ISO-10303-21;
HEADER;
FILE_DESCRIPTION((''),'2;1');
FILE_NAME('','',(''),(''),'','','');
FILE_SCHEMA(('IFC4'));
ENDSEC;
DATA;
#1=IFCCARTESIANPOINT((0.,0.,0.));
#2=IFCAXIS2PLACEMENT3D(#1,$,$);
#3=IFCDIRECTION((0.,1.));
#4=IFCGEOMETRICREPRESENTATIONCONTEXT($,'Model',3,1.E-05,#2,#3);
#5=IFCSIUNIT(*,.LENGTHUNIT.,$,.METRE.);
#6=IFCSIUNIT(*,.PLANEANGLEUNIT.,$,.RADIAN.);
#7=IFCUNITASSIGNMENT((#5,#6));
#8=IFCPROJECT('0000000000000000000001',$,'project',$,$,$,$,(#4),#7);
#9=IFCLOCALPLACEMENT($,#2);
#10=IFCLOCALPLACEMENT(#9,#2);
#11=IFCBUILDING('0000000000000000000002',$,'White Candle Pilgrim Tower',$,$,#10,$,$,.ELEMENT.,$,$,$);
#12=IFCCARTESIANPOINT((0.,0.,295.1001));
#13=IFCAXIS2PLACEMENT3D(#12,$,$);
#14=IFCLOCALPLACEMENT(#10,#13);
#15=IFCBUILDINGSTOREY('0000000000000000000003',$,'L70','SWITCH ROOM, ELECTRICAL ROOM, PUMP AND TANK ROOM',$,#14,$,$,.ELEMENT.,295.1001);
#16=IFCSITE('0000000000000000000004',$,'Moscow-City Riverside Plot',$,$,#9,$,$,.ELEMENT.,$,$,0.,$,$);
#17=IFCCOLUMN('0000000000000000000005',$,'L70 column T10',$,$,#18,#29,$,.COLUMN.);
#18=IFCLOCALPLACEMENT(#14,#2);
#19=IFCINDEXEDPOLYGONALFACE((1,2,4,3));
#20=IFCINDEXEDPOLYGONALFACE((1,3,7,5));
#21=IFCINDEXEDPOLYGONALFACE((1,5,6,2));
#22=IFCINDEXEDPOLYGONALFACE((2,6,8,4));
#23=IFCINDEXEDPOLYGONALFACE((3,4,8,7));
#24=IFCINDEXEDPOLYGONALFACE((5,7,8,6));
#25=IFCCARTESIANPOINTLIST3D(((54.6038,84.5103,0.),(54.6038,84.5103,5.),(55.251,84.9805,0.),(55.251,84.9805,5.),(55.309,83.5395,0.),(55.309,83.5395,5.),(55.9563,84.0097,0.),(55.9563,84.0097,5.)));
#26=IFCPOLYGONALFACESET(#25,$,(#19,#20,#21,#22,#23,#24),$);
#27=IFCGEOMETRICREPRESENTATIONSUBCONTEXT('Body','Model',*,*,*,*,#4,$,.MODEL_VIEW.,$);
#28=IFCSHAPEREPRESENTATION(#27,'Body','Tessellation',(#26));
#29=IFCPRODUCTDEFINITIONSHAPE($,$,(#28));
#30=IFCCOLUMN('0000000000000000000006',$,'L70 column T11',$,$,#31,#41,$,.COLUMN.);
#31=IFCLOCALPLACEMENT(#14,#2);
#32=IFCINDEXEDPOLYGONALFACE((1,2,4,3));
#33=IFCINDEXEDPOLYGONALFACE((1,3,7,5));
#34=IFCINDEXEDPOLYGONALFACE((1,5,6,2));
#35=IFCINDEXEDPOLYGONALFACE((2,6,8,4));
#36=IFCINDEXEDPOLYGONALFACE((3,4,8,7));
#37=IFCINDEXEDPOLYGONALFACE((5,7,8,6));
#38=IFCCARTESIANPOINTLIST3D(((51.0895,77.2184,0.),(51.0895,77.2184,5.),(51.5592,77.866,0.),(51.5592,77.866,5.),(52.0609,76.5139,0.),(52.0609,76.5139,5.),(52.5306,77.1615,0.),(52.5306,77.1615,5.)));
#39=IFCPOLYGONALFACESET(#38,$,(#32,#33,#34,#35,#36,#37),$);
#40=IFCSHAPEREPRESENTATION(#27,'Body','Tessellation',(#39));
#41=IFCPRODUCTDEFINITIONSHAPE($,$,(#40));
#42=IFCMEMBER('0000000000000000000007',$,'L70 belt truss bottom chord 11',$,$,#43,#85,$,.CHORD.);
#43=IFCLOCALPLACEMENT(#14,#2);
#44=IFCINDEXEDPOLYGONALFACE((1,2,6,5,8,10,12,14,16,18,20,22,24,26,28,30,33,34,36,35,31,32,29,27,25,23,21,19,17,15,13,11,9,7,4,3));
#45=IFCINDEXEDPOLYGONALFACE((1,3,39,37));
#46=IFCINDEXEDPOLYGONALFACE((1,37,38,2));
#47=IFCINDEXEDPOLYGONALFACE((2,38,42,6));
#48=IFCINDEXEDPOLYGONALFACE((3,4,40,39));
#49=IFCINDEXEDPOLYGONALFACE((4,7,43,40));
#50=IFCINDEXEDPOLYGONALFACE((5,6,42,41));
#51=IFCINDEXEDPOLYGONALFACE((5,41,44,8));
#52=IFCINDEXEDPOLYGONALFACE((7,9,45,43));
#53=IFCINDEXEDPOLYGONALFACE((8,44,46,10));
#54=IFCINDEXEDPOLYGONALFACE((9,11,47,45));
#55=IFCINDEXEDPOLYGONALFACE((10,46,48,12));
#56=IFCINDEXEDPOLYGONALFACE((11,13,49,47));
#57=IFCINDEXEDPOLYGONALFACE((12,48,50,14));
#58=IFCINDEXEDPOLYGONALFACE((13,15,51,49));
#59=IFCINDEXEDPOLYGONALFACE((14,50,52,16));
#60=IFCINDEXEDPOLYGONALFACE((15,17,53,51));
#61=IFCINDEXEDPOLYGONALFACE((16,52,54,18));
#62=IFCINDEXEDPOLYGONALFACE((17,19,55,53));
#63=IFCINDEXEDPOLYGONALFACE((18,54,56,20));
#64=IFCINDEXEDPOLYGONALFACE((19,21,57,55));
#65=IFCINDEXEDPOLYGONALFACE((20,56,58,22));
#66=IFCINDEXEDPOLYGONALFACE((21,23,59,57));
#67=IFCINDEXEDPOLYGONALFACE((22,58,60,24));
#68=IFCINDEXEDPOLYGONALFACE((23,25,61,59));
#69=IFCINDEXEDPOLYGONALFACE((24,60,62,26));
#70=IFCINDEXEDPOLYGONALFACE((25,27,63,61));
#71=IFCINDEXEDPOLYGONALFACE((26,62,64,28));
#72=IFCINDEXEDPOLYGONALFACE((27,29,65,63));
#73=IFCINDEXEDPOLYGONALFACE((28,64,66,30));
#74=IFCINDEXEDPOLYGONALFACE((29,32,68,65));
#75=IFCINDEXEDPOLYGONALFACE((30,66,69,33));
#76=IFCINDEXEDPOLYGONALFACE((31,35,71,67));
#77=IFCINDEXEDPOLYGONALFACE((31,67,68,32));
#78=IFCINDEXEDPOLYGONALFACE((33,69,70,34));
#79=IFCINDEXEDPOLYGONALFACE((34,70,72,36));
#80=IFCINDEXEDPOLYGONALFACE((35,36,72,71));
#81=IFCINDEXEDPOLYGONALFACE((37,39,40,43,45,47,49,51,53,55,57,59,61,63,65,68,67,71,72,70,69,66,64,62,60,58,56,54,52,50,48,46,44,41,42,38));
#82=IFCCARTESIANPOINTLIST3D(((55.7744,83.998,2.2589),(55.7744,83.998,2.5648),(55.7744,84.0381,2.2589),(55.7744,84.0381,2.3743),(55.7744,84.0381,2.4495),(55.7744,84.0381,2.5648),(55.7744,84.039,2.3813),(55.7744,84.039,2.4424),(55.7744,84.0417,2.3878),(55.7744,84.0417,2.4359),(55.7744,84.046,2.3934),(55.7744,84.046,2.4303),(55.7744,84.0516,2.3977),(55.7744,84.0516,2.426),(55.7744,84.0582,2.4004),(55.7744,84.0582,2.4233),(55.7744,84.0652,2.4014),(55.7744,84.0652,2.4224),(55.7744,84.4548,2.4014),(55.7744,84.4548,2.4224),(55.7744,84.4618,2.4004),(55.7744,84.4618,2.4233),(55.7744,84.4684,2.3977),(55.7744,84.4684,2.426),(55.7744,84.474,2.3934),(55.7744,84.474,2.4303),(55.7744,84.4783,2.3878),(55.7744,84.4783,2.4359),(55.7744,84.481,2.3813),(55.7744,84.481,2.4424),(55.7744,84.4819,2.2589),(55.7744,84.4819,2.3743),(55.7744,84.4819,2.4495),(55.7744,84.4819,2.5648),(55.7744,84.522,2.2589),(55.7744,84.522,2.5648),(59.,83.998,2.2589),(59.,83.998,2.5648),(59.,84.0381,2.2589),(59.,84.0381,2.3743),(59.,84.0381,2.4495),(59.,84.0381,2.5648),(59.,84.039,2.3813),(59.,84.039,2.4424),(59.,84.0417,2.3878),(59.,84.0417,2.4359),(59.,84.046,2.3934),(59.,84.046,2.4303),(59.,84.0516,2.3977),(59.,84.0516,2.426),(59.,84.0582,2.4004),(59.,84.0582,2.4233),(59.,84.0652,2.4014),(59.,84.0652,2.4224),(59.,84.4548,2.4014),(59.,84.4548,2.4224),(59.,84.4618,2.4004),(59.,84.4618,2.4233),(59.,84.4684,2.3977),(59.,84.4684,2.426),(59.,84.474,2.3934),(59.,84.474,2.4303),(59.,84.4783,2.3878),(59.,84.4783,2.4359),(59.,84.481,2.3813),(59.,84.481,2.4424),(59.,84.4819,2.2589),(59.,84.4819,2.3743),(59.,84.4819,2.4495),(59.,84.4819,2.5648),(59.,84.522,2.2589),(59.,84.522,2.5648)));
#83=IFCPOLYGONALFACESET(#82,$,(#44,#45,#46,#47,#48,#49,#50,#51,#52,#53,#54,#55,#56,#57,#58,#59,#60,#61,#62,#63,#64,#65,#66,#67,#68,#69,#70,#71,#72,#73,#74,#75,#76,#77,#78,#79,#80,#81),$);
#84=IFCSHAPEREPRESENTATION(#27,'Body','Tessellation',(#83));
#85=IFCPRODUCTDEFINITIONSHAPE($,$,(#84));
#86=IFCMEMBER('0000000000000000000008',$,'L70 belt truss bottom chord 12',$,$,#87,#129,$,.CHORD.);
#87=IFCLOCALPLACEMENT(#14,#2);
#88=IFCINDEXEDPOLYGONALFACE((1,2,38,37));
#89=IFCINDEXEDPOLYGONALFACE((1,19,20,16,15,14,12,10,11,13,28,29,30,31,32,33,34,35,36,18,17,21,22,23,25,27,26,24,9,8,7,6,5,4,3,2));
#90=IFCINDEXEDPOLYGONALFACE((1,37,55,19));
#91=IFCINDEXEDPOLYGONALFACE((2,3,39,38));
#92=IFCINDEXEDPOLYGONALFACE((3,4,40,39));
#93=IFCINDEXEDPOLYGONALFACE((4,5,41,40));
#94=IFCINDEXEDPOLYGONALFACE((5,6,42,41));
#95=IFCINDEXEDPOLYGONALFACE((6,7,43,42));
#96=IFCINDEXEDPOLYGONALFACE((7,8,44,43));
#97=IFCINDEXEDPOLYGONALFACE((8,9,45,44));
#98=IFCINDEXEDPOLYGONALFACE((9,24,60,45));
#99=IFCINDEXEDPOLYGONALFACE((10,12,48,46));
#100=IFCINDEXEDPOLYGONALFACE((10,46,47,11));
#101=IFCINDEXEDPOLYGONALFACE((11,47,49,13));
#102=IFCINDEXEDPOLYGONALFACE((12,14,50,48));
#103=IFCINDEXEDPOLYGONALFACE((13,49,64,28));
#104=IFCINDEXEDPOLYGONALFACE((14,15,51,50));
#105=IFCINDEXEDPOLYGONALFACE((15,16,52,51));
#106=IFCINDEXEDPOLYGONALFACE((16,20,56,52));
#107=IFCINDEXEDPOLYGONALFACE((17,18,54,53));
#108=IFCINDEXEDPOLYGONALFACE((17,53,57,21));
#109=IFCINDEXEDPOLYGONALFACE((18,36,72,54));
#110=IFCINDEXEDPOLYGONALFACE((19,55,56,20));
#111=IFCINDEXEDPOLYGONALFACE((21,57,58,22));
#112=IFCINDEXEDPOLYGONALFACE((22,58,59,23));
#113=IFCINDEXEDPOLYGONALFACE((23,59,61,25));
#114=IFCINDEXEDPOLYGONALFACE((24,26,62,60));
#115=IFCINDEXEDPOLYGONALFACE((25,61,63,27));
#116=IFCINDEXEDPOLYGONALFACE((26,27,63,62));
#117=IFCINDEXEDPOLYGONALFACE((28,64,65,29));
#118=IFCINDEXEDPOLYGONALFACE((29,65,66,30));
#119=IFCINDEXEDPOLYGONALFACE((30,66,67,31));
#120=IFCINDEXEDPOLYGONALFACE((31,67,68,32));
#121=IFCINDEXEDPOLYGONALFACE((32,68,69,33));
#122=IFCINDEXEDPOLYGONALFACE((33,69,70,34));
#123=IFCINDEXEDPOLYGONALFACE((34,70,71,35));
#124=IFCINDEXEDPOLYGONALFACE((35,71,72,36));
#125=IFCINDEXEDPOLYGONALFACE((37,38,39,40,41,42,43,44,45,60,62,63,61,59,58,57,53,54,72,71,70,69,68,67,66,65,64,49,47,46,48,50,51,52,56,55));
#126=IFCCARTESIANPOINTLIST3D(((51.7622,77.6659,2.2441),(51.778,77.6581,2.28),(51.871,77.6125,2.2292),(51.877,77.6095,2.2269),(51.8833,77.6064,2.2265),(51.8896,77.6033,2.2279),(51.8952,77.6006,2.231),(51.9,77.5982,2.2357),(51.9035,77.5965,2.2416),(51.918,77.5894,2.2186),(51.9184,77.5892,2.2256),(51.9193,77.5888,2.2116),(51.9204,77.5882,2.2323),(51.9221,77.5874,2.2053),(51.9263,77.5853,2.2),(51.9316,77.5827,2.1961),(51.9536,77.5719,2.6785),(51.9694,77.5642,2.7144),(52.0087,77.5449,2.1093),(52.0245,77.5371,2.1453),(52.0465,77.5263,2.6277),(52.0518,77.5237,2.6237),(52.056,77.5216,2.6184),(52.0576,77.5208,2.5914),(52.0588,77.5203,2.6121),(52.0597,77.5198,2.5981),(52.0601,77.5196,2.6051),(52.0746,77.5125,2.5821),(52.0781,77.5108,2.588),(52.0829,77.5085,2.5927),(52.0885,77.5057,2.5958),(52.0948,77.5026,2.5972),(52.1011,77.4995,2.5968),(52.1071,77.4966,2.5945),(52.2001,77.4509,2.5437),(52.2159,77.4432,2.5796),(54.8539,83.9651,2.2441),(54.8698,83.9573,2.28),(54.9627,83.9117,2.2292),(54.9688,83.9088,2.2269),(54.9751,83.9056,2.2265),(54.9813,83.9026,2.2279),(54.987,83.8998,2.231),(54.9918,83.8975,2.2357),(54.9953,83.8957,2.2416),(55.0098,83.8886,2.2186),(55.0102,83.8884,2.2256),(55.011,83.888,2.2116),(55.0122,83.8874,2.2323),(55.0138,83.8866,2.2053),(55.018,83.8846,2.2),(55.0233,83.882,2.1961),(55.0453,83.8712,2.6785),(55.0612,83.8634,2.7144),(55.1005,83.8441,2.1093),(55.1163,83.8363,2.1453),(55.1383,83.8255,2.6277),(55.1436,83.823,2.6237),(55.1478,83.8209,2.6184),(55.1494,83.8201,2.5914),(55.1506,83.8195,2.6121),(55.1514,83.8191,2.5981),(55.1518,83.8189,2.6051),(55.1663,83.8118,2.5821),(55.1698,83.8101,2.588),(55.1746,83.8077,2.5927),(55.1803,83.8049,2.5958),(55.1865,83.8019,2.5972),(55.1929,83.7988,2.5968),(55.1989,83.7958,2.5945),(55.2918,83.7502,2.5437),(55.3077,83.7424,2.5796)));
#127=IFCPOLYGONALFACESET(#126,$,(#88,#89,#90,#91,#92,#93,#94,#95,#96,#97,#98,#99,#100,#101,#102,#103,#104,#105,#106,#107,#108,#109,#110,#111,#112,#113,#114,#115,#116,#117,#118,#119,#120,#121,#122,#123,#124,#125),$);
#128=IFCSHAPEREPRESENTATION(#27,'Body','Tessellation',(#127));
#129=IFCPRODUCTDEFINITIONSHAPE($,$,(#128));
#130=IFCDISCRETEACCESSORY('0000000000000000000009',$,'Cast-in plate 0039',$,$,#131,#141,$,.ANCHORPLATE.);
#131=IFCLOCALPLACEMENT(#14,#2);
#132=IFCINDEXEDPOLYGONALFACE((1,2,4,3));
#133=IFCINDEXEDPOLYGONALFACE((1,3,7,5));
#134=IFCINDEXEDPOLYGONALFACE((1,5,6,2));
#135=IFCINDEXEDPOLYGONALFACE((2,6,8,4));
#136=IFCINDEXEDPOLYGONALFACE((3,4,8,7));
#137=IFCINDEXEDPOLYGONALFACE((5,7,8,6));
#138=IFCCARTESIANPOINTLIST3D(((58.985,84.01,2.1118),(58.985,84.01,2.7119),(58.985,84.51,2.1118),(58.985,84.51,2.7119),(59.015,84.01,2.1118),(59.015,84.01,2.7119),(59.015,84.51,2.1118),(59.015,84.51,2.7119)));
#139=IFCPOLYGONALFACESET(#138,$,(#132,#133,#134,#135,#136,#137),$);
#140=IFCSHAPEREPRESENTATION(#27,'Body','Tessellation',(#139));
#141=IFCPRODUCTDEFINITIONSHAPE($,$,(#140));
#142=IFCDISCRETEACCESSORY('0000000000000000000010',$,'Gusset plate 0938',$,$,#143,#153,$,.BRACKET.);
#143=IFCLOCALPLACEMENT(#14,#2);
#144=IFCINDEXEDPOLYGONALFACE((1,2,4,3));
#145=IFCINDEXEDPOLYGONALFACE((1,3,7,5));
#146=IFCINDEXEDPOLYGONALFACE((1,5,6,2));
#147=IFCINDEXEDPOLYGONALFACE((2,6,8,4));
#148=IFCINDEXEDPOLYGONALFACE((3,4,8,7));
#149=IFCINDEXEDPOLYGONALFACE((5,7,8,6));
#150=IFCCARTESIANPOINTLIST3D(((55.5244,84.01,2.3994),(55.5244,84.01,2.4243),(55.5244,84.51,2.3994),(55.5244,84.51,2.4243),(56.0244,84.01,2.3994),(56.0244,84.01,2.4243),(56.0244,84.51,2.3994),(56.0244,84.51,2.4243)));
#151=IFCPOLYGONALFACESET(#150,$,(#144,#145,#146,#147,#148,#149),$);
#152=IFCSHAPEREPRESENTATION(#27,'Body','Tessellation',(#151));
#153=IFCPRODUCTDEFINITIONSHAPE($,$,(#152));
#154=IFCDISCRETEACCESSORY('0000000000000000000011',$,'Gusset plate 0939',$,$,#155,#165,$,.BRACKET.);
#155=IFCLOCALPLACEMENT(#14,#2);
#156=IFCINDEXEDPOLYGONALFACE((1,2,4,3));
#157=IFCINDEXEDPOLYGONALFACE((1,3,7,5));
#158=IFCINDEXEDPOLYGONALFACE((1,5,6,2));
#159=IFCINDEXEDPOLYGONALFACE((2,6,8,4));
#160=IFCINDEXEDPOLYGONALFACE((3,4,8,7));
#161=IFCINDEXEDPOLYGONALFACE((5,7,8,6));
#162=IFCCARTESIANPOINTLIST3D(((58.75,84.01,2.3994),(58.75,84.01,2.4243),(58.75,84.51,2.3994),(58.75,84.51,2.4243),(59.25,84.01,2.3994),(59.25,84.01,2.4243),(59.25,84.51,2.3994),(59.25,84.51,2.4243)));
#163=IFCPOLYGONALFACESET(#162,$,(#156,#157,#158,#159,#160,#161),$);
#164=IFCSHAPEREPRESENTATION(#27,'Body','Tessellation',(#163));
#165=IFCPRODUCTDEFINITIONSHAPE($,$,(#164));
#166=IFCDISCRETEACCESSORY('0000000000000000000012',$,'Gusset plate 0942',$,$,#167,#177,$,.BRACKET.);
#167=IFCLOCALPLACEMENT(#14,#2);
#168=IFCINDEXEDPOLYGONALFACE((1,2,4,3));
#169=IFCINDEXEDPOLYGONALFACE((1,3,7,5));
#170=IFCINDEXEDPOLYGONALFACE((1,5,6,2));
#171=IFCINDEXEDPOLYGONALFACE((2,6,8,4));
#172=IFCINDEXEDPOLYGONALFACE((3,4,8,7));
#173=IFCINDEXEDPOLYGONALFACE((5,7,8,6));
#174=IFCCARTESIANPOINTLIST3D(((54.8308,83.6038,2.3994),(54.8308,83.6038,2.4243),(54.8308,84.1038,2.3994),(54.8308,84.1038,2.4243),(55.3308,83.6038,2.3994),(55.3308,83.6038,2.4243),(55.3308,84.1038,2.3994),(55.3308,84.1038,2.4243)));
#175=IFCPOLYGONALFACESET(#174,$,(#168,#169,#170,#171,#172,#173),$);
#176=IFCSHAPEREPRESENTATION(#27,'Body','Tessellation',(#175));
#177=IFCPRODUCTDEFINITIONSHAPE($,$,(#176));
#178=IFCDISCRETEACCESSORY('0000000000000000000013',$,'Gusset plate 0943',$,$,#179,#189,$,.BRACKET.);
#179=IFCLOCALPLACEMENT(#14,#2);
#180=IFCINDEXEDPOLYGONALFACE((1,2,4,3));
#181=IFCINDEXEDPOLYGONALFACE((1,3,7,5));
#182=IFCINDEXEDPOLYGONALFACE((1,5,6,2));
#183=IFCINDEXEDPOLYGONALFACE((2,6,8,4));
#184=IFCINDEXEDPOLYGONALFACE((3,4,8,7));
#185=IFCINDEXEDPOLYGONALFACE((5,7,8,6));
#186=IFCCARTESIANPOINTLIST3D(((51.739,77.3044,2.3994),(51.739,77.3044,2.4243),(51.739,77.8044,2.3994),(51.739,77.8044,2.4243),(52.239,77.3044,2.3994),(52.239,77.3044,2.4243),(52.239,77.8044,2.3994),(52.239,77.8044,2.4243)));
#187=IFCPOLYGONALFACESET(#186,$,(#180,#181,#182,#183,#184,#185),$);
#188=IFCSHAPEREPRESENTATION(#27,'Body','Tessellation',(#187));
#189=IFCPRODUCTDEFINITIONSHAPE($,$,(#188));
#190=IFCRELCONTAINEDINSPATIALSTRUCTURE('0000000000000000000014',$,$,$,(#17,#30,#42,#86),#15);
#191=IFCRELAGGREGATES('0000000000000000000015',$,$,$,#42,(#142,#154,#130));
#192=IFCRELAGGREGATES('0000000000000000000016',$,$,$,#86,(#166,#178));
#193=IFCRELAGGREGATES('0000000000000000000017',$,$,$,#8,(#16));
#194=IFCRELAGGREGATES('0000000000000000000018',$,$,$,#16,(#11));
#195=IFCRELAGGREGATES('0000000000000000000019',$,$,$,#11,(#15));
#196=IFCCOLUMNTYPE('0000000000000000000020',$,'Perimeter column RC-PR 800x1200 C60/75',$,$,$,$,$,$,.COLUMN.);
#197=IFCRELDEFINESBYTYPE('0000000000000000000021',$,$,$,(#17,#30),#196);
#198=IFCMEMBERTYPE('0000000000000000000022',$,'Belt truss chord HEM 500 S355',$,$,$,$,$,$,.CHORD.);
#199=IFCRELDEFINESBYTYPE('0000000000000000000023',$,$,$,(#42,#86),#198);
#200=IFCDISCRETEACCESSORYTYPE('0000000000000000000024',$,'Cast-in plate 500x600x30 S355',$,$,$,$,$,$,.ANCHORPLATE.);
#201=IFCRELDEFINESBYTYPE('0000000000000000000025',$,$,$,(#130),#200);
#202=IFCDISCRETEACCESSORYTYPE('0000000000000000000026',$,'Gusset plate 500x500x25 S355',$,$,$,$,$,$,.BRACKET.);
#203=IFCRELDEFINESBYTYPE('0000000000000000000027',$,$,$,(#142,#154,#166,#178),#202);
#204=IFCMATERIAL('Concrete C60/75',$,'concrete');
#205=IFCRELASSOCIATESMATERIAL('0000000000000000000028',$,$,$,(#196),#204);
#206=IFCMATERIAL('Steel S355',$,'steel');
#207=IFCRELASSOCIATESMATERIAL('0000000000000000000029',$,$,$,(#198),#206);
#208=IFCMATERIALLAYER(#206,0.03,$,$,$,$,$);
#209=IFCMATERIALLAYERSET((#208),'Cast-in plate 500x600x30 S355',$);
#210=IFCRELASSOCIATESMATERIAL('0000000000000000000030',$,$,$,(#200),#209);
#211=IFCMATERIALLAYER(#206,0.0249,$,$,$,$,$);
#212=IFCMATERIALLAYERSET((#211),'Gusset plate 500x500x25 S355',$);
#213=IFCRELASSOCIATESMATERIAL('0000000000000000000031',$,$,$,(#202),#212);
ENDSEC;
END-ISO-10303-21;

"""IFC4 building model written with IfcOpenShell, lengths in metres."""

from ifc_helpers import new_model, si_unit, direction, frame, origin, origin_2d, place, context, subcontext, project, spatial, rectangle, i_section, extrude, material, layer, layer_set, material_profile, profile_set, type_object, element, aggregate, save


model = new_model("IFC4")

# Units and contexts
model_context = context("Model", 3, precision=1e-05, world=origin(), true_north=direction((0.0, 1.0)))
body_context = subcontext(model_context, "Body", "Model", "MODEL_VIEW")
ifc_project = project(units=[si_unit("LENGTHUNIT", "METRE"), si_unit("PLANEANGLEUNIT", "RADIAN")], contexts=[model_context])

# Site, building, storey
site_placement = place(None, origin())
site = spatial("IfcSite", under=ifc_project, at=site_placement, Name="Moscow-City Riverside Plot", CompositionType="ELEMENT", RefElevation=0.0)
building_placement = place(site_placement, origin())
building = spatial("IfcBuilding", under=site, at=building_placement, Name="White Candle Pilgrim Tower", CompositionType="ELEMENT")
storey_placement = place(building_placement, frame((0.0, 0.0, 295.1001)))
storey = spatial("IfcBuildingStorey", under=building, at=storey_placement, Name="L70", Description="SWITCH ROOM, ELECTRICAL ROOM, PUMP AND TANK ROOM", CompositionType="ELEMENT", Elevation=295.1001)

# Columns
ifc_material_1 = material(Name="Concrete C60/75", Category="concrete")
ifc_material_profile_1 = material_profile(ifc_material_1, rectangle(XDim=0.8, YDim=1.2, at=origin_2d()), Name="RC-PR 800x1200")
ifc_profile_set_1 = profile_set([ifc_material_profile_1], Name="Concrete C60/75")
column_type = type_object("IfcColumnType", Name="Perimeter column RC-PR 800x1200 C60/75", PredefinedType="COLUMN", material=ifc_profile_set_1)
for number, where, z_axis, x_axis, name in (
    (1, (55.28, 84.26, 0.0), (0.0, 0.0, 1.0), (0.809027, 0.587771, 0.0), "L70 column T10"),
    (2, (51.8101, 77.1899, 0.0), (0.0, 0.0, 1.0), (0.587107, 0.809509, 0.0), "L70 column T11"),
):
    element("IfcColumn", number, at=place(storey_placement, frame(where, z_axis=z_axis, x_axis=x_axis)), inside=storey, type_object=column_type, Name=name, PredefinedType="COLUMN", context=body_context, shape_type="SweptSolid", body=[
        extrude(rectangle(XDim=0.8, YDim=1.2, at=origin_2d()), origin(), (0.0, 0.0, 1.0), 5.0),
    ])

# Members
ifc_material_2 = material(Name="Steel S355", Category="steel")
ifc_material_profile_2 = material_profile(ifc_material_2, i_section(OverallWidth=0.3059, OverallDepth=0.5239, WebThickness=0.021, FlangeThickness=0.04, FilletRadius=0.0271, at=origin_2d()), Name="HEM 500")
ifc_profile_set_2 = profile_set([ifc_material_profile_2], Name="Steel S355")
member_type_1 = type_object("IfcMemberType", Name="Belt truss chord HEM 500 S355", PredefinedType="CHORD", material=ifc_profile_set_2)
member_1_placement = place(storey_placement, frame((55.7744, 84.26, 2.4119), z_axis=(1.0, 0.0, 0.0), x_axis=(0.0, 0.0, 1.0)))
member_1 = element("IfcMember", 3, at=member_1_placement, inside=storey, type_object=member_type_1, Name="L70 belt truss bottom chord 11", PredefinedType="CHORD", context=body_context, shape_type="SweptSolid", body=[
    extrude(i_section(OverallWidth=0.3059, OverallDepth=0.5239, WebThickness=0.021, FlangeThickness=0.04, FilletRadius=0.0271, at=origin_2d()), origin(), (0.0, 0.0, 1.0), 3.2256),
])
member_2_placement = place(storey_placement, frame((55.0808, 83.8538, 2.4119), z_axis=(-0.440605, -0.897701, 0.0), x_axis=(0.805869, -0.395532, -0.440601)))
member_2 = element("IfcMember", 4, at=member_2_placement, inside=storey, type_object=member_type_1, Name="L70 belt truss bottom chord 12", PredefinedType="CHORD", context=body_context, shape_type="SweptSolid", body=[
    extrude(i_section(OverallWidth=0.3059, OverallDepth=0.5239, WebThickness=0.021, FlangeThickness=0.04, FilletRadius=0.0271, at=origin_2d()), origin(), (0.0, 0.0, 1.0), 7.0171),
])

# Discrete accessories
ifc_layer_1 = layer(ifc_material_2, 0.03)
ifc_layer_set_1 = layer_set([ifc_layer_1], Name="Cast-in plate 500x600x30 S355")
discrete_accessory_type_1 = type_object("IfcDiscreteAccessoryType", Name="Cast-in plate 500x600x30 S355", PredefinedType="ANCHORPLATE", material=ifc_layer_set_1)
discrete_accessory_1_placement = place(storey_placement, frame((59.0, 84.26, 2.1118), z_axis=(0.0, 0.0, 1.0), x_axis=(-1.0, 0.0, 0.0)))
discrete_accessory_1 = element("IfcDiscreteAccessory", 5, at=discrete_accessory_1_placement, type_object=discrete_accessory_type_1, Name="Cast-in plate 0039", PredefinedType="ANCHORPLATE", context=body_context, shape_type="SweptSolid", body=[
    extrude(rectangle(XDim=0.03, YDim=0.5, at=origin_2d()), origin(), (0.0, 0.0, 1.0), 0.6001),
])
ifc_layer_2 = layer(ifc_material_2, 0.0249)
ifc_layer_set_2 = layer_set([ifc_layer_2], Name="Gusset plate 500x500x25 S355")
discrete_accessory_type_2 = type_object("IfcDiscreteAccessoryType", Name="Gusset plate 500x500x25 S355", PredefinedType="BRACKET", material=ifc_layer_set_2)
discrete_accessory_2_placement = place(storey_placement, frame((55.7744, 84.26, 2.3994), z_axis=(0.0, 0.0, 1.0), x_axis=(1.0, 0.0, 0.0)))
discrete_accessory_2 = element("IfcDiscreteAccessory", 6, at=discrete_accessory_2_placement, type_object=discrete_accessory_type_2, Name="Gusset plate 0938", PredefinedType="BRACKET", context=body_context, shape_type="SweptSolid", body=[
    extrude(rectangle(XDim=0.5, YDim=0.5, at=origin_2d()), origin(), (0.0, 0.0, 1.0), 0.0249),
])
discrete_accessory_3_placement = place(storey_placement, frame((59.0, 84.26, 2.3994), z_axis=(0.0, 0.0, 1.0), x_axis=(1.0, 0.0, 0.0)))
discrete_accessory_3 = element("IfcDiscreteAccessory", 7, at=discrete_accessory_3_placement, type_object=discrete_accessory_type_2, Name="Gusset plate 0939", PredefinedType="BRACKET", context=body_context, shape_type="SweptSolid", body=[
    extrude(rectangle(XDim=0.5, YDim=0.5, at=origin_2d()), origin(), (0.0, 0.0, 1.0), 0.0249),
])
aggregate(member_1, [discrete_accessory_2, discrete_accessory_3, discrete_accessory_1])
discrete_accessory_4_placement = place(storey_placement, frame((55.0808, 83.8538, 2.3994), z_axis=(0.0, 0.0, 1.0), x_axis=(1.0, 0.0, 0.0)))
discrete_accessory_4 = element("IfcDiscreteAccessory", 8, at=discrete_accessory_4_placement, type_object=discrete_accessory_type_2, Name="Gusset plate 0942", PredefinedType="BRACKET", context=body_context, shape_type="SweptSolid", body=[
    extrude(rectangle(XDim=0.5, YDim=0.5, at=origin_2d()), origin(), (0.0, 0.0, 1.0), 0.0249),
])
discrete_accessory_5_placement = place(storey_placement, frame((51.989, 77.5544, 2.3994), z_axis=(0.0, 0.0, 1.0), x_axis=(1.0, 0.0, 0.0)))
discrete_accessory_5 = element("IfcDiscreteAccessory", 9, at=discrete_accessory_5_placement, type_object=discrete_accessory_type_2, Name="Gusset plate 0943", PredefinedType="BRACKET", context=body_context, shape_type="SweptSolid", body=[
    extrude(rectangle(XDim=0.5, YDim=0.5, at=origin_2d()), origin(), (0.0, 0.0, 1.0), 0.0249),
])
aggregate(member_2, [discrete_accessory_4, discrete_accessory_5])

save(model, "model.ifc")
